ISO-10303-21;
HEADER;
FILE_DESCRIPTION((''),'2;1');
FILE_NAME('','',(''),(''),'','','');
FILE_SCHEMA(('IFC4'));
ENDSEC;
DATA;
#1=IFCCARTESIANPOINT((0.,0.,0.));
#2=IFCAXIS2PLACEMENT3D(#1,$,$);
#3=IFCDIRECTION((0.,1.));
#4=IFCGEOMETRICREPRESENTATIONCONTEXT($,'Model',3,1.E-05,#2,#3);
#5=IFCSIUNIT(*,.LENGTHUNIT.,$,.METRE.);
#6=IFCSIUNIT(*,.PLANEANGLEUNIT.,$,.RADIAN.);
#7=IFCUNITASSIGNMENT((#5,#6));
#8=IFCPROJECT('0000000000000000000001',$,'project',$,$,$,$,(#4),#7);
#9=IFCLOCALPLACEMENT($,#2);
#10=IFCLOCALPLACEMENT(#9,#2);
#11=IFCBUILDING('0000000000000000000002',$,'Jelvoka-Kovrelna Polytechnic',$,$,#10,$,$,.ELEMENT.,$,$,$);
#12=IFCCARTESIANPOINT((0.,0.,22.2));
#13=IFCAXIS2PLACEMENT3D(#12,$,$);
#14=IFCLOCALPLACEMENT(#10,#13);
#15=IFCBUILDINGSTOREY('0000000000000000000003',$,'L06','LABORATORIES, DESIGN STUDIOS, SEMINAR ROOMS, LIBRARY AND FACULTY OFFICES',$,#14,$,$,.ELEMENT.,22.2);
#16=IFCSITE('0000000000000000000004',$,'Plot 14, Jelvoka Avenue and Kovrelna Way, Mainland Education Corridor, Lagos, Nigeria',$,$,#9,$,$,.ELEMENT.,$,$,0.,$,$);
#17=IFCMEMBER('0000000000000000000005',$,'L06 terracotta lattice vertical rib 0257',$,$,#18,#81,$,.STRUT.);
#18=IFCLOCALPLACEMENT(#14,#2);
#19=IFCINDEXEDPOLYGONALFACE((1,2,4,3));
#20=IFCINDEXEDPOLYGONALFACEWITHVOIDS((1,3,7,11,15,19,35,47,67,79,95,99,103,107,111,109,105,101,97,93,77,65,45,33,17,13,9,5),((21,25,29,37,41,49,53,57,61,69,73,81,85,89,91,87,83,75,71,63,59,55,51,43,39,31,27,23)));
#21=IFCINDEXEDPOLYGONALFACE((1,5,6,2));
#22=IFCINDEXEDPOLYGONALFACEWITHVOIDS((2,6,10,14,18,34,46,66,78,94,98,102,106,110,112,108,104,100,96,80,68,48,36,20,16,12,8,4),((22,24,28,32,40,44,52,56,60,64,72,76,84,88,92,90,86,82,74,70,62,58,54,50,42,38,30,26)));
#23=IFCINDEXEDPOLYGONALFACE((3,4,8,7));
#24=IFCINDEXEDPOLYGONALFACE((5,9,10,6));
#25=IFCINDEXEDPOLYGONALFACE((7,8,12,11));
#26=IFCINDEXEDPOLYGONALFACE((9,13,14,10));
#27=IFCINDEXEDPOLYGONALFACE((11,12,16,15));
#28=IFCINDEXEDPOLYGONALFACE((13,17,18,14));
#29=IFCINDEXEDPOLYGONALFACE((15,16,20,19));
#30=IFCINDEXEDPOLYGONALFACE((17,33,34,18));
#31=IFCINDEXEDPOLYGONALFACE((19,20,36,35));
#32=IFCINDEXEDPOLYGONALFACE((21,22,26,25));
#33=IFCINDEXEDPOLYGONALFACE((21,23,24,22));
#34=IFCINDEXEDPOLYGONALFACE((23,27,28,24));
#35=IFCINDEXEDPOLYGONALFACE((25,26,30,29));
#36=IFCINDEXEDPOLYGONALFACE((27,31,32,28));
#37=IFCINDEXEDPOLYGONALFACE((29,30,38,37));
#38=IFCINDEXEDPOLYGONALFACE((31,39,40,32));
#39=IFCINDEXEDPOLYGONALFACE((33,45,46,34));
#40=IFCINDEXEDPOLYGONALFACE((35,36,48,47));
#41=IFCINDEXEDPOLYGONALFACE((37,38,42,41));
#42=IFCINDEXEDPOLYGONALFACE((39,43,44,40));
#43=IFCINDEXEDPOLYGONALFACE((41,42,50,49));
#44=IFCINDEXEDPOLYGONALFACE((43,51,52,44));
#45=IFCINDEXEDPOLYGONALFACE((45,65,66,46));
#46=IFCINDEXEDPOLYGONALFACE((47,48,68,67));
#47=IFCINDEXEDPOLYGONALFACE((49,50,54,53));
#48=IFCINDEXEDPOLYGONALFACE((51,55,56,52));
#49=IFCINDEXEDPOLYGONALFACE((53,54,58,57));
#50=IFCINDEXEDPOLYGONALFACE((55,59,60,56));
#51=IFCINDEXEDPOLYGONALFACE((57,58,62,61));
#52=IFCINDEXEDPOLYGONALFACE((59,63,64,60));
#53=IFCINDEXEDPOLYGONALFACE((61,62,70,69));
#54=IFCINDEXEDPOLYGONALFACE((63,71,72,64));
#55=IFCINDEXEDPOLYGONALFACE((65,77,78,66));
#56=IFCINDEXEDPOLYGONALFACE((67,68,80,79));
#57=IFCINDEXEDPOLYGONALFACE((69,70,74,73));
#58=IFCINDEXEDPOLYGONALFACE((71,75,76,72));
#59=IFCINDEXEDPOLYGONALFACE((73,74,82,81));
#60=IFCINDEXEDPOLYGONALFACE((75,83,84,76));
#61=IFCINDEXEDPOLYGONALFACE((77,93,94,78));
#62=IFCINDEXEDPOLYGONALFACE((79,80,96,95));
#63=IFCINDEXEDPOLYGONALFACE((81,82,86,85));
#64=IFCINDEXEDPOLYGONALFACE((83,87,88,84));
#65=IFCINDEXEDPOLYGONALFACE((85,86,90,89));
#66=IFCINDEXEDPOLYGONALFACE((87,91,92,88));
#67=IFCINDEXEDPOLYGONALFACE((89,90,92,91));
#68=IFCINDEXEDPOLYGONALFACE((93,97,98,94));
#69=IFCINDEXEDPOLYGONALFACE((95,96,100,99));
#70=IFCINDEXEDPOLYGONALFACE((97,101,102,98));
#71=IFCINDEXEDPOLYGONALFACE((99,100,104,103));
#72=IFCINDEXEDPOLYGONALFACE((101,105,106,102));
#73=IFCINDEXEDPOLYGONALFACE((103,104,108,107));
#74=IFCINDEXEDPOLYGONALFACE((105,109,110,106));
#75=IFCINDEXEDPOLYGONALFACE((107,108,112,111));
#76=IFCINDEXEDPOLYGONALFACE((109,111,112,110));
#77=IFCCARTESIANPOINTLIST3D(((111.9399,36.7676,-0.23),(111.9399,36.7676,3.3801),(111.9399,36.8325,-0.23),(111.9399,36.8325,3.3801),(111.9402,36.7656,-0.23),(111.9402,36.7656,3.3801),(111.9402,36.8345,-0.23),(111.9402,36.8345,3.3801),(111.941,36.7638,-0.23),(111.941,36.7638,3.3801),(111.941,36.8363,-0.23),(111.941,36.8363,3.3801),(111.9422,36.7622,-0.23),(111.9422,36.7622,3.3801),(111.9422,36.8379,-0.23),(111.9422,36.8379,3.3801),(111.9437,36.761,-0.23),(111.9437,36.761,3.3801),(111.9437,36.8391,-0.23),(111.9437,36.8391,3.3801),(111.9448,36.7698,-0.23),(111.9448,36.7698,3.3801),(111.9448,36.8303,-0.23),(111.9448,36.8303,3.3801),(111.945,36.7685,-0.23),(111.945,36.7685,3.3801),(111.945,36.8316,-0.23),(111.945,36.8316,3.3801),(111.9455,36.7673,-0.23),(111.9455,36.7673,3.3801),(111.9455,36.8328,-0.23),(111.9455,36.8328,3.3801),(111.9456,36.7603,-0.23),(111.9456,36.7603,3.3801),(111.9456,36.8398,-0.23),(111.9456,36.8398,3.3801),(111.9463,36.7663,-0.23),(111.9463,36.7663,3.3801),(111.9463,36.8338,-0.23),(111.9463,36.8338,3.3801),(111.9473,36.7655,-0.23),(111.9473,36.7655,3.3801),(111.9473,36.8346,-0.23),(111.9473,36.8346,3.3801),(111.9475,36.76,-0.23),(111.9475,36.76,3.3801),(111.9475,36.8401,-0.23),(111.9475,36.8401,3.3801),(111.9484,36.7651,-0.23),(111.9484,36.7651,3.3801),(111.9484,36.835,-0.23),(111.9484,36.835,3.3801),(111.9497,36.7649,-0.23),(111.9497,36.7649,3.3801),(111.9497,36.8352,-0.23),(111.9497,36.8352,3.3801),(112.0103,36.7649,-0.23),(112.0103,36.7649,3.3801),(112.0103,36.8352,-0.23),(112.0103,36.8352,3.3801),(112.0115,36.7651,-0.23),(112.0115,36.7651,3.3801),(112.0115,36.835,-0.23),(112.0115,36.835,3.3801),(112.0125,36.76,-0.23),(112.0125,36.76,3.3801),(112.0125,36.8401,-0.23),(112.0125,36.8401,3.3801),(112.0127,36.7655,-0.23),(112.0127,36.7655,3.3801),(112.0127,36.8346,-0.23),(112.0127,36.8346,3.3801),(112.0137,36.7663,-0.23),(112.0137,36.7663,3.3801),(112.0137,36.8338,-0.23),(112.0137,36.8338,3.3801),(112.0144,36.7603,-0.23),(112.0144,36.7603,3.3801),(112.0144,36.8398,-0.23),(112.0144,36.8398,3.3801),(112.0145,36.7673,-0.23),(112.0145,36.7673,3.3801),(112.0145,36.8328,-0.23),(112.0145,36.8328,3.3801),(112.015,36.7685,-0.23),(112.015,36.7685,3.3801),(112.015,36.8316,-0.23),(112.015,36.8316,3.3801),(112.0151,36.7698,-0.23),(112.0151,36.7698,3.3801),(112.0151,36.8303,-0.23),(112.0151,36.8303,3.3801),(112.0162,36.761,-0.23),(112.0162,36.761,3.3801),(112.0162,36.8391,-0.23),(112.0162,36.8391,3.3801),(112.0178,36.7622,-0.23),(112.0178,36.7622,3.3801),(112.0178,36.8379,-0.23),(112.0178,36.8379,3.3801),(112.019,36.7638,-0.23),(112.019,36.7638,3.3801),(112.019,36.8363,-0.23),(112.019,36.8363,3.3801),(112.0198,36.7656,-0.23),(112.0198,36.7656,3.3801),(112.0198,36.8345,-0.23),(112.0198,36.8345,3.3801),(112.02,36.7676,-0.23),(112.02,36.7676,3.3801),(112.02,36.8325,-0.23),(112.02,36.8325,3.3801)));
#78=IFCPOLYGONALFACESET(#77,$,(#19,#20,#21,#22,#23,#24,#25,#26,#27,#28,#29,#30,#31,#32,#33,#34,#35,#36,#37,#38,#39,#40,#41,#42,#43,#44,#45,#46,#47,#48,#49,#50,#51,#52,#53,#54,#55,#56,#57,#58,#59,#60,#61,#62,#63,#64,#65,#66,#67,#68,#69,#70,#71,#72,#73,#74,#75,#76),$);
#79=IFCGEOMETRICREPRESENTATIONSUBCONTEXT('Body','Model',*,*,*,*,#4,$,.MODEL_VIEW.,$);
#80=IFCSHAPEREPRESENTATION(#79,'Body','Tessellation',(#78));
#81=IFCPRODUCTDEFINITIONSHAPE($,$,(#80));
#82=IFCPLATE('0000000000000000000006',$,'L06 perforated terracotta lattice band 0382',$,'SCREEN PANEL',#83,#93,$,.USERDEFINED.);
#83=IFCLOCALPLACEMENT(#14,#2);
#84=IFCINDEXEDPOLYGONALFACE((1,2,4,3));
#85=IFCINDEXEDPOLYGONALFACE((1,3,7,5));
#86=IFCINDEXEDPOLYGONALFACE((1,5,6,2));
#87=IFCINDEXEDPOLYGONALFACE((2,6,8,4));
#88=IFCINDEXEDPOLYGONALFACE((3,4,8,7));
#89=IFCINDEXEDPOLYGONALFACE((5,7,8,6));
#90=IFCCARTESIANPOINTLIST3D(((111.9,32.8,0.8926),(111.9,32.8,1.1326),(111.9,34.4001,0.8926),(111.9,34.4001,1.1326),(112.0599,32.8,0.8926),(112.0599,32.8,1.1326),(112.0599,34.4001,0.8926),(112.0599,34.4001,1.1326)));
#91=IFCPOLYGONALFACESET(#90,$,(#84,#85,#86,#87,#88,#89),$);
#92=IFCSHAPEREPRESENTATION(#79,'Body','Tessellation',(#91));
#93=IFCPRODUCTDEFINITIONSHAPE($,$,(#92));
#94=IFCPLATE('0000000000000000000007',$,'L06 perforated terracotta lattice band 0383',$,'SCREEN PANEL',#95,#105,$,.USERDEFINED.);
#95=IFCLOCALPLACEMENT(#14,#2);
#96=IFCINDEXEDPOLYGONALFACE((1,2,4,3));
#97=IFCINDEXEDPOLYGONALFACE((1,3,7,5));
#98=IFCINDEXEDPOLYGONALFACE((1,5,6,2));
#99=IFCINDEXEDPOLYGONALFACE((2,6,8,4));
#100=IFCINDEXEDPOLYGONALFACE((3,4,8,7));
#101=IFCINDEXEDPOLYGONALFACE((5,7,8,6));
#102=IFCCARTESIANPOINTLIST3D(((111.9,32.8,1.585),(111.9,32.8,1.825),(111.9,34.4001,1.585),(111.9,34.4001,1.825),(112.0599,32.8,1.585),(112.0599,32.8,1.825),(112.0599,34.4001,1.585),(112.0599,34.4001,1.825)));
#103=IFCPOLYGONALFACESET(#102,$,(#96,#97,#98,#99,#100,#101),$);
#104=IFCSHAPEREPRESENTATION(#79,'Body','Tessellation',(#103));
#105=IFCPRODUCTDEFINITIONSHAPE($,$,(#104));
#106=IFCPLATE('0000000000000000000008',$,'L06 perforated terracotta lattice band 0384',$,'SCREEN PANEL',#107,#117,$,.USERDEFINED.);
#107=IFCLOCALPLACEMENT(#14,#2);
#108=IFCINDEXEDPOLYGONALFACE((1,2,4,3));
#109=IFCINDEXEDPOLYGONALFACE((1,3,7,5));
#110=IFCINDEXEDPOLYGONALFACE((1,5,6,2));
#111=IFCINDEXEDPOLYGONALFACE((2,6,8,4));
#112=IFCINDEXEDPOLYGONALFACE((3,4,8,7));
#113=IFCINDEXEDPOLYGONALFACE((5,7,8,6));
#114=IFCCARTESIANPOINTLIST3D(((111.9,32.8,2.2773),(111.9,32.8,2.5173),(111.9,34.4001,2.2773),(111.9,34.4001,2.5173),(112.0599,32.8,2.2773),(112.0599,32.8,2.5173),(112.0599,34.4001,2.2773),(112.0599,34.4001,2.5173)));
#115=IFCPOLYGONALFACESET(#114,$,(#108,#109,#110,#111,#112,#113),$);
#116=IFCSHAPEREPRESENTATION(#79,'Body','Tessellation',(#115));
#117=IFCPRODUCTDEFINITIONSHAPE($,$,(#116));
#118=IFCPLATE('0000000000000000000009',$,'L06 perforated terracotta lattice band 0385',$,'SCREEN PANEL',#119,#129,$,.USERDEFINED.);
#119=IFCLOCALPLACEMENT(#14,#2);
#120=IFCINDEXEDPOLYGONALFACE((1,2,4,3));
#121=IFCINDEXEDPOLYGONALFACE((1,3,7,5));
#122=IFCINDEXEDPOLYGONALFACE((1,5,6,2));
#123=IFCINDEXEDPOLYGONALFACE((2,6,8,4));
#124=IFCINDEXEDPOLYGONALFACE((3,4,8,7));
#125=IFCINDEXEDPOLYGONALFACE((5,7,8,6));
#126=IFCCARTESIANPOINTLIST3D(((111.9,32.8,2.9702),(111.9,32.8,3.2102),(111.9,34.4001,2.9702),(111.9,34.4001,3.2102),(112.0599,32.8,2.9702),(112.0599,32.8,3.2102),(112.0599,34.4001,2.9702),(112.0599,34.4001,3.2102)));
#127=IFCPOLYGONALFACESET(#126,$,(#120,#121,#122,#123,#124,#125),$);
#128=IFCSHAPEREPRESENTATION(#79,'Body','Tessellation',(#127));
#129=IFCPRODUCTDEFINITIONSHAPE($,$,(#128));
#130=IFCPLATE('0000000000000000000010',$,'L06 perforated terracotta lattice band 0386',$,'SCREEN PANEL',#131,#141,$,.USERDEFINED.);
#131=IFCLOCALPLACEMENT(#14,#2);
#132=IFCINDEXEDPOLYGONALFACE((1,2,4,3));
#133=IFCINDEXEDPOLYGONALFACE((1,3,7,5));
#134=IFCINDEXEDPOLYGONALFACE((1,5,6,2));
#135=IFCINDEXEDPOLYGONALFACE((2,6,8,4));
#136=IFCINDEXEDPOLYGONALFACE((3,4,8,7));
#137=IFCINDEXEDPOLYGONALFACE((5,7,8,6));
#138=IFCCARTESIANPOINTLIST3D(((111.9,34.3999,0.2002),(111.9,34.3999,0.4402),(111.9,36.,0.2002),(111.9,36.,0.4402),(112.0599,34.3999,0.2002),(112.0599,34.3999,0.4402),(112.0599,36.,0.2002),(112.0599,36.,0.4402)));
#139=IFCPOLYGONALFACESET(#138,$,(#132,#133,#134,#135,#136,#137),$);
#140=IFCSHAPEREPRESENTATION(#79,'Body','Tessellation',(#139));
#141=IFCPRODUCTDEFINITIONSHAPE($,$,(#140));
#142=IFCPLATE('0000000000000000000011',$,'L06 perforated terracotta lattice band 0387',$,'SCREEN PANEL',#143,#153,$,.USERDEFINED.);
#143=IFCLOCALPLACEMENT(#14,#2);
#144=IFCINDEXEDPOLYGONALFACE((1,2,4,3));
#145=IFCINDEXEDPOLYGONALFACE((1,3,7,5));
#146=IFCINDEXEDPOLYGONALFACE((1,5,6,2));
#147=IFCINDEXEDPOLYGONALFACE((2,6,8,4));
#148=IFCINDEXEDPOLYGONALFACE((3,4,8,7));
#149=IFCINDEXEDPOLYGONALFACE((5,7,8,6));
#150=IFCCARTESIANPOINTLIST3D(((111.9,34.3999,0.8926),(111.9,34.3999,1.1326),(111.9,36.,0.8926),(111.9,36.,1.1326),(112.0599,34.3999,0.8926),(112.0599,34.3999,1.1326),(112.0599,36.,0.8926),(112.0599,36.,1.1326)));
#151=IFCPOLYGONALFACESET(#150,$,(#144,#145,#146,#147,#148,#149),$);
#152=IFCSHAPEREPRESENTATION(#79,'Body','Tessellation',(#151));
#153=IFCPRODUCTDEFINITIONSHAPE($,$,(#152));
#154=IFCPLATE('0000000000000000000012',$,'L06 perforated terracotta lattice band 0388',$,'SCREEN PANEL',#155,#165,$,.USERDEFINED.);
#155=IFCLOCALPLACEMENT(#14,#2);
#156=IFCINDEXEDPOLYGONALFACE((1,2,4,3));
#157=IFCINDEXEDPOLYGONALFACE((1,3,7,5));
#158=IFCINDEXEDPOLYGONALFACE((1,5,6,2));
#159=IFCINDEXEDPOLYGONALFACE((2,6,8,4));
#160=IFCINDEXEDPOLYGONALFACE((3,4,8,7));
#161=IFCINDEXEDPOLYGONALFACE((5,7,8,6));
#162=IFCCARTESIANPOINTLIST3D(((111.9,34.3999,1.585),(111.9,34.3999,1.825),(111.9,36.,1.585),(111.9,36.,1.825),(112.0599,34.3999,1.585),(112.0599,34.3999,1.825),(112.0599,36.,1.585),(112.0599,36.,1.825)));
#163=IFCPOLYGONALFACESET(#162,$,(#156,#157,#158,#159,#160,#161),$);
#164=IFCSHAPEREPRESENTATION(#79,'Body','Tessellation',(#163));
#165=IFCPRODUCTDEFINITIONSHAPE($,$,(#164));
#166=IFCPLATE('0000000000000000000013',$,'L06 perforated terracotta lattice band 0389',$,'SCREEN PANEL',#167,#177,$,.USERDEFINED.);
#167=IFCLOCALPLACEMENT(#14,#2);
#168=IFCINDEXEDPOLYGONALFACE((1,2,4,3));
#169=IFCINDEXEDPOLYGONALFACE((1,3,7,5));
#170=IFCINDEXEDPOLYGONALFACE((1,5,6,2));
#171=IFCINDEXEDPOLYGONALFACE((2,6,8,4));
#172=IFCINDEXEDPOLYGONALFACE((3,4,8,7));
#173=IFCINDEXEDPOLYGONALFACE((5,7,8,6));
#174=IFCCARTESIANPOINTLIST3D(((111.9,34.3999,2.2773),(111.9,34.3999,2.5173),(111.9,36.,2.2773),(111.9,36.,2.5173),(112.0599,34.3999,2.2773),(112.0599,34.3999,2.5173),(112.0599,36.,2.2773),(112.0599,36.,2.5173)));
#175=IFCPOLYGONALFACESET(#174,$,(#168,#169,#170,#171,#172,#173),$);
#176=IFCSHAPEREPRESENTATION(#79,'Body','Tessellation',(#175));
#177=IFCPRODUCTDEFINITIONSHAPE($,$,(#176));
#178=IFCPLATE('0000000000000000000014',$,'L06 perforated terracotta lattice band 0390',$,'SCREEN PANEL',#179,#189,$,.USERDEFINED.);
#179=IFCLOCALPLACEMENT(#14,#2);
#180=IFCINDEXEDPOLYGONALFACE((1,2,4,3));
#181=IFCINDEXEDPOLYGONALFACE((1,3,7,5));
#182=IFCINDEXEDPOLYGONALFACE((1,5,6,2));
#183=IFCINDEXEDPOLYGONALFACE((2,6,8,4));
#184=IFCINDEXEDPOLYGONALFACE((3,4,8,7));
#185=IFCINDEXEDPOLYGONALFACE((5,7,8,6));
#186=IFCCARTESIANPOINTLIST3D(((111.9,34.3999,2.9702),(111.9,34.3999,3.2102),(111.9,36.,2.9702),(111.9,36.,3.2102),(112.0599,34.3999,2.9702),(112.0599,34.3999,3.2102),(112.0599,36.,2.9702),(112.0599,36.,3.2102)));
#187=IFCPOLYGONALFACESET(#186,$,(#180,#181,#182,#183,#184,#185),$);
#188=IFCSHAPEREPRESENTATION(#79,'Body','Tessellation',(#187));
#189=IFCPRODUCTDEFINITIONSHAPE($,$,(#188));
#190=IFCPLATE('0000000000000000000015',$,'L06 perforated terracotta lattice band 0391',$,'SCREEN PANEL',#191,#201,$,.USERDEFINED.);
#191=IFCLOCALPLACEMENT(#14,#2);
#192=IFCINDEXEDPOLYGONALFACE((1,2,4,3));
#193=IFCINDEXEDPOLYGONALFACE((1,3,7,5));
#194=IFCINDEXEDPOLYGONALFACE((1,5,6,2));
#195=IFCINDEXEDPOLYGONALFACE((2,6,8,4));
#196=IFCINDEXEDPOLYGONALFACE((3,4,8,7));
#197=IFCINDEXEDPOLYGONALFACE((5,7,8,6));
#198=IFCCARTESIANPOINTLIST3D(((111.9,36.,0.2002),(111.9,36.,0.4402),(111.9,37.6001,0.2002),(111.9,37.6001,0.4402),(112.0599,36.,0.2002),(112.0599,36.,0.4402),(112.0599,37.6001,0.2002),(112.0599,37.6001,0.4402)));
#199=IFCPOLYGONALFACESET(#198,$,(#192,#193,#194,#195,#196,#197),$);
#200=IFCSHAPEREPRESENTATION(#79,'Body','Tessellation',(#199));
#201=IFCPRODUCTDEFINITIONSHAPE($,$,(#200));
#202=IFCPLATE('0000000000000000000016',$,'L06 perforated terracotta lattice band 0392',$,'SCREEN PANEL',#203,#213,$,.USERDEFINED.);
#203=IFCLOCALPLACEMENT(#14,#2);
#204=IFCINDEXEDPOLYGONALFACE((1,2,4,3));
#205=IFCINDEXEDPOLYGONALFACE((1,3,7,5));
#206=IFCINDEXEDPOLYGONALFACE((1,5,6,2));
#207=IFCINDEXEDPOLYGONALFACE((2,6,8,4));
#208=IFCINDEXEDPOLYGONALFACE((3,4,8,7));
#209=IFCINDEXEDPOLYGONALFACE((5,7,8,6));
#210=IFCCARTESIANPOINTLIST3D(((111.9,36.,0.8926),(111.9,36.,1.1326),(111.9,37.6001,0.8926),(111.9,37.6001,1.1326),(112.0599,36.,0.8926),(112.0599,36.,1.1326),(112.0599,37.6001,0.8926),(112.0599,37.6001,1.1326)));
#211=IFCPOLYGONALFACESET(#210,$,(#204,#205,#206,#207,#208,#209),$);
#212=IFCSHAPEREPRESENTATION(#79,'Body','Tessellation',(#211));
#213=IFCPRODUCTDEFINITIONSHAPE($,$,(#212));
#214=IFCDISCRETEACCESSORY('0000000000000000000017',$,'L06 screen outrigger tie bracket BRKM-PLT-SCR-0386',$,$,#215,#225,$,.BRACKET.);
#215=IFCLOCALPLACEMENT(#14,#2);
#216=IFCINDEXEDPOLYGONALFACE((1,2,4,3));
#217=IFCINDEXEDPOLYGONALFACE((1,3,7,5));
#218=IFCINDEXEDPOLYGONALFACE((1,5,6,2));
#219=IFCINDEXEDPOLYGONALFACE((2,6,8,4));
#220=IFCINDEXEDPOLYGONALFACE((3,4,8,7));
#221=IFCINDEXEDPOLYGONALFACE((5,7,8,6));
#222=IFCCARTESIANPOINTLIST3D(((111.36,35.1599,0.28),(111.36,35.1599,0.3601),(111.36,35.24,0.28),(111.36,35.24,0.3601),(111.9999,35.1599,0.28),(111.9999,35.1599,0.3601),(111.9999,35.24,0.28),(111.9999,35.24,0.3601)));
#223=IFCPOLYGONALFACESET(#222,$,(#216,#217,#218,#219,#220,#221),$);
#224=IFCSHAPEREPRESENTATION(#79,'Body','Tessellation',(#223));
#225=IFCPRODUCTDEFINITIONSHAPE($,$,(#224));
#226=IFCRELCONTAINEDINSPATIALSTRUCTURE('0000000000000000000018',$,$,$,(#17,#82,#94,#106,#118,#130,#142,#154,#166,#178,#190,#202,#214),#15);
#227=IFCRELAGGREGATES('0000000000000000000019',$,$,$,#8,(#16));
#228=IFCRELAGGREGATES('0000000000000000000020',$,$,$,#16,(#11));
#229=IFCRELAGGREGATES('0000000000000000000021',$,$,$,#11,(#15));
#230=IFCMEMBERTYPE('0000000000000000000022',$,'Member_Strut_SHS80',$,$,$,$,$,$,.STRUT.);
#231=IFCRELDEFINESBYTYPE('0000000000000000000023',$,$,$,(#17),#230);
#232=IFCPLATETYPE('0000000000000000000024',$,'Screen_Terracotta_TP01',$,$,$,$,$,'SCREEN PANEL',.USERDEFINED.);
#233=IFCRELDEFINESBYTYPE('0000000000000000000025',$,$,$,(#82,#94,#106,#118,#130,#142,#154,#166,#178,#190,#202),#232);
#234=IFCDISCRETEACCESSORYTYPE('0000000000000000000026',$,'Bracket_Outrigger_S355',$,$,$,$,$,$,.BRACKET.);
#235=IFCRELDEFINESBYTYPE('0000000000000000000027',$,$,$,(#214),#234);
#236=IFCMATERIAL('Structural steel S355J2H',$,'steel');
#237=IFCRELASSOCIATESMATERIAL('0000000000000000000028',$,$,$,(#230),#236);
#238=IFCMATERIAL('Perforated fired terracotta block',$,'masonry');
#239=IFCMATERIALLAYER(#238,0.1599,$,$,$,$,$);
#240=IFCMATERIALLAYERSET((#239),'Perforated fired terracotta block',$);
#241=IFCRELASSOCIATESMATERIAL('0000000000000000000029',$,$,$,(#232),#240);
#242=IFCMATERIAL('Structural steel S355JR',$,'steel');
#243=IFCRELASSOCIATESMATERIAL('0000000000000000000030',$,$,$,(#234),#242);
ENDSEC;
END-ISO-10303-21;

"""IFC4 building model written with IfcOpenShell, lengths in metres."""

from ifc_helpers import new_model, si_unit, direction, frame, origin, origin_2d, place, context, subcontext, project, spatial, rectangle, hollow_rectangle, extrude, material, layer, layer_set, material_profile, profile_set, type_object, element, save


model = new_model("IFC4")

# Units and contexts
model_context = context("Model", 3, precision=1e-05, world=origin(), true_north=direction((0.0, 1.0)))
body_context = subcontext(model_context, "Body", "Model", "MODEL_VIEW")
ifc_project = project(units=[si_unit("LENGTHUNIT", "METRE"), si_unit("PLANEANGLEUNIT", "RADIAN")], contexts=[model_context])

# Site, building, storey
site_placement = place(None, origin())
site = spatial("IfcSite", under=ifc_project, at=site_placement, Name="Plot 14, Jelvoka Avenue and Kovrelna Way, Mainland Education Corridor, Lagos, Nigeria", CompositionType="ELEMENT", RefElevation=0.0)
building_placement = place(site_placement, origin())
building = spatial("IfcBuilding", under=site, at=building_placement, Name="Jelvoka-Kovrelna Polytechnic", CompositionType="ELEMENT")
storey_placement = place(building_placement, frame((0.0, 0.0, 22.2)))
storey = spatial("IfcBuildingStorey", under=building, at=storey_placement, Name="L06", Description="LABORATORIES, DESIGN STUDIOS, SEMINAR ROOMS, LIBRARY AND FACULTY OFFICES", CompositionType="ELEMENT", Elevation=22.2)

# Member
ifc_material_1 = material(Name="Structural steel S355J2H", Category="steel")
ifc_material_profile = material_profile(ifc_material_1, hollow_rectangle(XDim=0.0801, YDim=0.0801, WallThickness=0.0049, InnerFilletRadius=0.0049, OuterFilletRadius=0.0076, at=origin_2d()), Name="80x80x5.0 SHS")
ifc_profile_set = profile_set([ifc_material_profile], Name="Structural steel S355J2H")
member_type = type_object("IfcMemberType", Name="Member_Strut_SHS80", PredefinedType="STRUT", material=ifc_profile_set)
for number, where, z_axis, x_axis, name in (
    (1, (111.98, 36.8, -0.23), (0.0, 0.0, 1.0), (1.0, 0.0, 0.0), "L06 terracotta lattice vertical rib 0257"),
):
    element("IfcMember", number, at=place(storey_placement, frame(where, z_axis=z_axis, x_axis=x_axis)), inside=storey, type_object=member_type, Name=name, PredefinedType="STRUT", context=body_context, shape_type="SweptSolid", body=[
        extrude(hollow_rectangle(XDim=0.0801, YDim=0.0801, WallThickness=0.0049, InnerFilletRadius=0.0049, OuterFilletRadius=0.0076, at=origin_2d()), origin(), (0.0, 0.0, 1.0), 3.6101),
    ])

# Plates
ifc_material_2 = material(Name="Perforated fired terracotta block", Category="masonry")
ifc_layer = layer(ifc_material_2, 0.1599)
ifc_layer_set = layer_set([ifc_layer], Name="Perforated fired terracotta block")
plate_type = type_object("IfcPlateType", Name="Screen_Terracotta_TP01", ElementType="SCREEN PANEL", PredefinedType="USERDEFINED", material=ifc_layer_set)
for number, where, z_axis, x_axis, name in (
    (2, (111.98, 33.6001, 0.8926), (0.0, 0.0, 1.0), (0.0, 1.0, 0.0), "L06 perforated terracotta lattice band 0382"),
    (3, (111.98, 33.6001, 1.585), (0.0, 0.0, 1.0), (0.0, 1.0, 0.0), "L06 perforated terracotta lattice band 0383"),
    (4, (111.98, 33.6001, 2.2773), (0.0, 0.0, 1.0), (0.0, 1.0, 0.0), "L06 perforated terracotta lattice band 0384"),
    (5, (111.98, 33.6001, 2.9702), (0.0, 0.0, 1.0), (0.0, 1.0, 0.0), "L06 perforated terracotta lattice band 0385"),
    (6, (111.98, 35.2, 0.2002), (0.0, 0.0, 1.0), (0.0, 1.0, 0.0), "L06 perforated terracotta lattice band 0386"),
    (7, (111.98, 35.2, 0.8926), (0.0, 0.0, 1.0), (0.0, 1.0, 0.0), "L06 perforated terracotta lattice band 0387"),
    (8, (111.98, 35.2, 1.585), (0.0, 0.0, 1.0), (0.0, 1.0, 0.0), "L06 perforated terracotta lattice band 0388"),
    (9, (111.98, 35.2, 2.2773), (0.0, 0.0, 1.0), (0.0, 1.0, 0.0), "L06 perforated terracotta lattice band 0389"),
    (10, (111.98, 35.2, 2.9702), (0.0, 0.0, 1.0), (0.0, 1.0, 0.0), "L06 perforated terracotta lattice band 0390"),
    (11, (111.98, 36.8, 0.2002), (0.0, 0.0, 1.0), (0.0, 1.0, 0.0), "L06 perforated terracotta lattice band 0391"),
    (12, (111.98, 36.8, 0.8926), (0.0, 0.0, 1.0), (0.0, 1.0, 0.0), "L06 perforated terracotta lattice band 0392"),
):
    element("IfcPlate", number, at=place(storey_placement, frame(where, z_axis=z_axis, x_axis=x_axis)), inside=storey, type_object=plate_type, Name=name, ObjectType="SCREEN PANEL", PredefinedType="USERDEFINED", context=body_context, shape_type="SweptSolid", body=[
        extrude(rectangle(XDim=1.6001, YDim=0.1599, at=origin_2d()), origin(), (0.0, 0.0, 1.0), 0.24),
    ])

# Discrete accessory
ifc_material_3 = material(Name="Structural steel S355JR", Category="steel")
discrete_accessory_type = type_object("IfcDiscreteAccessoryType", Name="Bracket_Outrigger_S355", PredefinedType="BRACKET", material=ifc_material_3)
discrete_accessory_1_placement = place(storey_placement, frame((111.6799, 35.2, 0.28), z_axis=(0.0, 0.0, 1.0), x_axis=(1.0, 0.0, 0.0)))
element("IfcDiscreteAccessory", 13, at=discrete_accessory_1_placement, inside=storey, type_object=discrete_accessory_type, Name="L06 screen outrigger tie bracket BRKM-PLT-SCR-0386", PredefinedType="BRACKET", context=body_context, shape_type="SweptSolid", body=[
    extrude(rectangle(XDim=0.6399, YDim=0.0801, at=origin_2d()), origin(), (0.0, 0.0, 1.0), 0.0801),
])

save(model, "model.ifc")
